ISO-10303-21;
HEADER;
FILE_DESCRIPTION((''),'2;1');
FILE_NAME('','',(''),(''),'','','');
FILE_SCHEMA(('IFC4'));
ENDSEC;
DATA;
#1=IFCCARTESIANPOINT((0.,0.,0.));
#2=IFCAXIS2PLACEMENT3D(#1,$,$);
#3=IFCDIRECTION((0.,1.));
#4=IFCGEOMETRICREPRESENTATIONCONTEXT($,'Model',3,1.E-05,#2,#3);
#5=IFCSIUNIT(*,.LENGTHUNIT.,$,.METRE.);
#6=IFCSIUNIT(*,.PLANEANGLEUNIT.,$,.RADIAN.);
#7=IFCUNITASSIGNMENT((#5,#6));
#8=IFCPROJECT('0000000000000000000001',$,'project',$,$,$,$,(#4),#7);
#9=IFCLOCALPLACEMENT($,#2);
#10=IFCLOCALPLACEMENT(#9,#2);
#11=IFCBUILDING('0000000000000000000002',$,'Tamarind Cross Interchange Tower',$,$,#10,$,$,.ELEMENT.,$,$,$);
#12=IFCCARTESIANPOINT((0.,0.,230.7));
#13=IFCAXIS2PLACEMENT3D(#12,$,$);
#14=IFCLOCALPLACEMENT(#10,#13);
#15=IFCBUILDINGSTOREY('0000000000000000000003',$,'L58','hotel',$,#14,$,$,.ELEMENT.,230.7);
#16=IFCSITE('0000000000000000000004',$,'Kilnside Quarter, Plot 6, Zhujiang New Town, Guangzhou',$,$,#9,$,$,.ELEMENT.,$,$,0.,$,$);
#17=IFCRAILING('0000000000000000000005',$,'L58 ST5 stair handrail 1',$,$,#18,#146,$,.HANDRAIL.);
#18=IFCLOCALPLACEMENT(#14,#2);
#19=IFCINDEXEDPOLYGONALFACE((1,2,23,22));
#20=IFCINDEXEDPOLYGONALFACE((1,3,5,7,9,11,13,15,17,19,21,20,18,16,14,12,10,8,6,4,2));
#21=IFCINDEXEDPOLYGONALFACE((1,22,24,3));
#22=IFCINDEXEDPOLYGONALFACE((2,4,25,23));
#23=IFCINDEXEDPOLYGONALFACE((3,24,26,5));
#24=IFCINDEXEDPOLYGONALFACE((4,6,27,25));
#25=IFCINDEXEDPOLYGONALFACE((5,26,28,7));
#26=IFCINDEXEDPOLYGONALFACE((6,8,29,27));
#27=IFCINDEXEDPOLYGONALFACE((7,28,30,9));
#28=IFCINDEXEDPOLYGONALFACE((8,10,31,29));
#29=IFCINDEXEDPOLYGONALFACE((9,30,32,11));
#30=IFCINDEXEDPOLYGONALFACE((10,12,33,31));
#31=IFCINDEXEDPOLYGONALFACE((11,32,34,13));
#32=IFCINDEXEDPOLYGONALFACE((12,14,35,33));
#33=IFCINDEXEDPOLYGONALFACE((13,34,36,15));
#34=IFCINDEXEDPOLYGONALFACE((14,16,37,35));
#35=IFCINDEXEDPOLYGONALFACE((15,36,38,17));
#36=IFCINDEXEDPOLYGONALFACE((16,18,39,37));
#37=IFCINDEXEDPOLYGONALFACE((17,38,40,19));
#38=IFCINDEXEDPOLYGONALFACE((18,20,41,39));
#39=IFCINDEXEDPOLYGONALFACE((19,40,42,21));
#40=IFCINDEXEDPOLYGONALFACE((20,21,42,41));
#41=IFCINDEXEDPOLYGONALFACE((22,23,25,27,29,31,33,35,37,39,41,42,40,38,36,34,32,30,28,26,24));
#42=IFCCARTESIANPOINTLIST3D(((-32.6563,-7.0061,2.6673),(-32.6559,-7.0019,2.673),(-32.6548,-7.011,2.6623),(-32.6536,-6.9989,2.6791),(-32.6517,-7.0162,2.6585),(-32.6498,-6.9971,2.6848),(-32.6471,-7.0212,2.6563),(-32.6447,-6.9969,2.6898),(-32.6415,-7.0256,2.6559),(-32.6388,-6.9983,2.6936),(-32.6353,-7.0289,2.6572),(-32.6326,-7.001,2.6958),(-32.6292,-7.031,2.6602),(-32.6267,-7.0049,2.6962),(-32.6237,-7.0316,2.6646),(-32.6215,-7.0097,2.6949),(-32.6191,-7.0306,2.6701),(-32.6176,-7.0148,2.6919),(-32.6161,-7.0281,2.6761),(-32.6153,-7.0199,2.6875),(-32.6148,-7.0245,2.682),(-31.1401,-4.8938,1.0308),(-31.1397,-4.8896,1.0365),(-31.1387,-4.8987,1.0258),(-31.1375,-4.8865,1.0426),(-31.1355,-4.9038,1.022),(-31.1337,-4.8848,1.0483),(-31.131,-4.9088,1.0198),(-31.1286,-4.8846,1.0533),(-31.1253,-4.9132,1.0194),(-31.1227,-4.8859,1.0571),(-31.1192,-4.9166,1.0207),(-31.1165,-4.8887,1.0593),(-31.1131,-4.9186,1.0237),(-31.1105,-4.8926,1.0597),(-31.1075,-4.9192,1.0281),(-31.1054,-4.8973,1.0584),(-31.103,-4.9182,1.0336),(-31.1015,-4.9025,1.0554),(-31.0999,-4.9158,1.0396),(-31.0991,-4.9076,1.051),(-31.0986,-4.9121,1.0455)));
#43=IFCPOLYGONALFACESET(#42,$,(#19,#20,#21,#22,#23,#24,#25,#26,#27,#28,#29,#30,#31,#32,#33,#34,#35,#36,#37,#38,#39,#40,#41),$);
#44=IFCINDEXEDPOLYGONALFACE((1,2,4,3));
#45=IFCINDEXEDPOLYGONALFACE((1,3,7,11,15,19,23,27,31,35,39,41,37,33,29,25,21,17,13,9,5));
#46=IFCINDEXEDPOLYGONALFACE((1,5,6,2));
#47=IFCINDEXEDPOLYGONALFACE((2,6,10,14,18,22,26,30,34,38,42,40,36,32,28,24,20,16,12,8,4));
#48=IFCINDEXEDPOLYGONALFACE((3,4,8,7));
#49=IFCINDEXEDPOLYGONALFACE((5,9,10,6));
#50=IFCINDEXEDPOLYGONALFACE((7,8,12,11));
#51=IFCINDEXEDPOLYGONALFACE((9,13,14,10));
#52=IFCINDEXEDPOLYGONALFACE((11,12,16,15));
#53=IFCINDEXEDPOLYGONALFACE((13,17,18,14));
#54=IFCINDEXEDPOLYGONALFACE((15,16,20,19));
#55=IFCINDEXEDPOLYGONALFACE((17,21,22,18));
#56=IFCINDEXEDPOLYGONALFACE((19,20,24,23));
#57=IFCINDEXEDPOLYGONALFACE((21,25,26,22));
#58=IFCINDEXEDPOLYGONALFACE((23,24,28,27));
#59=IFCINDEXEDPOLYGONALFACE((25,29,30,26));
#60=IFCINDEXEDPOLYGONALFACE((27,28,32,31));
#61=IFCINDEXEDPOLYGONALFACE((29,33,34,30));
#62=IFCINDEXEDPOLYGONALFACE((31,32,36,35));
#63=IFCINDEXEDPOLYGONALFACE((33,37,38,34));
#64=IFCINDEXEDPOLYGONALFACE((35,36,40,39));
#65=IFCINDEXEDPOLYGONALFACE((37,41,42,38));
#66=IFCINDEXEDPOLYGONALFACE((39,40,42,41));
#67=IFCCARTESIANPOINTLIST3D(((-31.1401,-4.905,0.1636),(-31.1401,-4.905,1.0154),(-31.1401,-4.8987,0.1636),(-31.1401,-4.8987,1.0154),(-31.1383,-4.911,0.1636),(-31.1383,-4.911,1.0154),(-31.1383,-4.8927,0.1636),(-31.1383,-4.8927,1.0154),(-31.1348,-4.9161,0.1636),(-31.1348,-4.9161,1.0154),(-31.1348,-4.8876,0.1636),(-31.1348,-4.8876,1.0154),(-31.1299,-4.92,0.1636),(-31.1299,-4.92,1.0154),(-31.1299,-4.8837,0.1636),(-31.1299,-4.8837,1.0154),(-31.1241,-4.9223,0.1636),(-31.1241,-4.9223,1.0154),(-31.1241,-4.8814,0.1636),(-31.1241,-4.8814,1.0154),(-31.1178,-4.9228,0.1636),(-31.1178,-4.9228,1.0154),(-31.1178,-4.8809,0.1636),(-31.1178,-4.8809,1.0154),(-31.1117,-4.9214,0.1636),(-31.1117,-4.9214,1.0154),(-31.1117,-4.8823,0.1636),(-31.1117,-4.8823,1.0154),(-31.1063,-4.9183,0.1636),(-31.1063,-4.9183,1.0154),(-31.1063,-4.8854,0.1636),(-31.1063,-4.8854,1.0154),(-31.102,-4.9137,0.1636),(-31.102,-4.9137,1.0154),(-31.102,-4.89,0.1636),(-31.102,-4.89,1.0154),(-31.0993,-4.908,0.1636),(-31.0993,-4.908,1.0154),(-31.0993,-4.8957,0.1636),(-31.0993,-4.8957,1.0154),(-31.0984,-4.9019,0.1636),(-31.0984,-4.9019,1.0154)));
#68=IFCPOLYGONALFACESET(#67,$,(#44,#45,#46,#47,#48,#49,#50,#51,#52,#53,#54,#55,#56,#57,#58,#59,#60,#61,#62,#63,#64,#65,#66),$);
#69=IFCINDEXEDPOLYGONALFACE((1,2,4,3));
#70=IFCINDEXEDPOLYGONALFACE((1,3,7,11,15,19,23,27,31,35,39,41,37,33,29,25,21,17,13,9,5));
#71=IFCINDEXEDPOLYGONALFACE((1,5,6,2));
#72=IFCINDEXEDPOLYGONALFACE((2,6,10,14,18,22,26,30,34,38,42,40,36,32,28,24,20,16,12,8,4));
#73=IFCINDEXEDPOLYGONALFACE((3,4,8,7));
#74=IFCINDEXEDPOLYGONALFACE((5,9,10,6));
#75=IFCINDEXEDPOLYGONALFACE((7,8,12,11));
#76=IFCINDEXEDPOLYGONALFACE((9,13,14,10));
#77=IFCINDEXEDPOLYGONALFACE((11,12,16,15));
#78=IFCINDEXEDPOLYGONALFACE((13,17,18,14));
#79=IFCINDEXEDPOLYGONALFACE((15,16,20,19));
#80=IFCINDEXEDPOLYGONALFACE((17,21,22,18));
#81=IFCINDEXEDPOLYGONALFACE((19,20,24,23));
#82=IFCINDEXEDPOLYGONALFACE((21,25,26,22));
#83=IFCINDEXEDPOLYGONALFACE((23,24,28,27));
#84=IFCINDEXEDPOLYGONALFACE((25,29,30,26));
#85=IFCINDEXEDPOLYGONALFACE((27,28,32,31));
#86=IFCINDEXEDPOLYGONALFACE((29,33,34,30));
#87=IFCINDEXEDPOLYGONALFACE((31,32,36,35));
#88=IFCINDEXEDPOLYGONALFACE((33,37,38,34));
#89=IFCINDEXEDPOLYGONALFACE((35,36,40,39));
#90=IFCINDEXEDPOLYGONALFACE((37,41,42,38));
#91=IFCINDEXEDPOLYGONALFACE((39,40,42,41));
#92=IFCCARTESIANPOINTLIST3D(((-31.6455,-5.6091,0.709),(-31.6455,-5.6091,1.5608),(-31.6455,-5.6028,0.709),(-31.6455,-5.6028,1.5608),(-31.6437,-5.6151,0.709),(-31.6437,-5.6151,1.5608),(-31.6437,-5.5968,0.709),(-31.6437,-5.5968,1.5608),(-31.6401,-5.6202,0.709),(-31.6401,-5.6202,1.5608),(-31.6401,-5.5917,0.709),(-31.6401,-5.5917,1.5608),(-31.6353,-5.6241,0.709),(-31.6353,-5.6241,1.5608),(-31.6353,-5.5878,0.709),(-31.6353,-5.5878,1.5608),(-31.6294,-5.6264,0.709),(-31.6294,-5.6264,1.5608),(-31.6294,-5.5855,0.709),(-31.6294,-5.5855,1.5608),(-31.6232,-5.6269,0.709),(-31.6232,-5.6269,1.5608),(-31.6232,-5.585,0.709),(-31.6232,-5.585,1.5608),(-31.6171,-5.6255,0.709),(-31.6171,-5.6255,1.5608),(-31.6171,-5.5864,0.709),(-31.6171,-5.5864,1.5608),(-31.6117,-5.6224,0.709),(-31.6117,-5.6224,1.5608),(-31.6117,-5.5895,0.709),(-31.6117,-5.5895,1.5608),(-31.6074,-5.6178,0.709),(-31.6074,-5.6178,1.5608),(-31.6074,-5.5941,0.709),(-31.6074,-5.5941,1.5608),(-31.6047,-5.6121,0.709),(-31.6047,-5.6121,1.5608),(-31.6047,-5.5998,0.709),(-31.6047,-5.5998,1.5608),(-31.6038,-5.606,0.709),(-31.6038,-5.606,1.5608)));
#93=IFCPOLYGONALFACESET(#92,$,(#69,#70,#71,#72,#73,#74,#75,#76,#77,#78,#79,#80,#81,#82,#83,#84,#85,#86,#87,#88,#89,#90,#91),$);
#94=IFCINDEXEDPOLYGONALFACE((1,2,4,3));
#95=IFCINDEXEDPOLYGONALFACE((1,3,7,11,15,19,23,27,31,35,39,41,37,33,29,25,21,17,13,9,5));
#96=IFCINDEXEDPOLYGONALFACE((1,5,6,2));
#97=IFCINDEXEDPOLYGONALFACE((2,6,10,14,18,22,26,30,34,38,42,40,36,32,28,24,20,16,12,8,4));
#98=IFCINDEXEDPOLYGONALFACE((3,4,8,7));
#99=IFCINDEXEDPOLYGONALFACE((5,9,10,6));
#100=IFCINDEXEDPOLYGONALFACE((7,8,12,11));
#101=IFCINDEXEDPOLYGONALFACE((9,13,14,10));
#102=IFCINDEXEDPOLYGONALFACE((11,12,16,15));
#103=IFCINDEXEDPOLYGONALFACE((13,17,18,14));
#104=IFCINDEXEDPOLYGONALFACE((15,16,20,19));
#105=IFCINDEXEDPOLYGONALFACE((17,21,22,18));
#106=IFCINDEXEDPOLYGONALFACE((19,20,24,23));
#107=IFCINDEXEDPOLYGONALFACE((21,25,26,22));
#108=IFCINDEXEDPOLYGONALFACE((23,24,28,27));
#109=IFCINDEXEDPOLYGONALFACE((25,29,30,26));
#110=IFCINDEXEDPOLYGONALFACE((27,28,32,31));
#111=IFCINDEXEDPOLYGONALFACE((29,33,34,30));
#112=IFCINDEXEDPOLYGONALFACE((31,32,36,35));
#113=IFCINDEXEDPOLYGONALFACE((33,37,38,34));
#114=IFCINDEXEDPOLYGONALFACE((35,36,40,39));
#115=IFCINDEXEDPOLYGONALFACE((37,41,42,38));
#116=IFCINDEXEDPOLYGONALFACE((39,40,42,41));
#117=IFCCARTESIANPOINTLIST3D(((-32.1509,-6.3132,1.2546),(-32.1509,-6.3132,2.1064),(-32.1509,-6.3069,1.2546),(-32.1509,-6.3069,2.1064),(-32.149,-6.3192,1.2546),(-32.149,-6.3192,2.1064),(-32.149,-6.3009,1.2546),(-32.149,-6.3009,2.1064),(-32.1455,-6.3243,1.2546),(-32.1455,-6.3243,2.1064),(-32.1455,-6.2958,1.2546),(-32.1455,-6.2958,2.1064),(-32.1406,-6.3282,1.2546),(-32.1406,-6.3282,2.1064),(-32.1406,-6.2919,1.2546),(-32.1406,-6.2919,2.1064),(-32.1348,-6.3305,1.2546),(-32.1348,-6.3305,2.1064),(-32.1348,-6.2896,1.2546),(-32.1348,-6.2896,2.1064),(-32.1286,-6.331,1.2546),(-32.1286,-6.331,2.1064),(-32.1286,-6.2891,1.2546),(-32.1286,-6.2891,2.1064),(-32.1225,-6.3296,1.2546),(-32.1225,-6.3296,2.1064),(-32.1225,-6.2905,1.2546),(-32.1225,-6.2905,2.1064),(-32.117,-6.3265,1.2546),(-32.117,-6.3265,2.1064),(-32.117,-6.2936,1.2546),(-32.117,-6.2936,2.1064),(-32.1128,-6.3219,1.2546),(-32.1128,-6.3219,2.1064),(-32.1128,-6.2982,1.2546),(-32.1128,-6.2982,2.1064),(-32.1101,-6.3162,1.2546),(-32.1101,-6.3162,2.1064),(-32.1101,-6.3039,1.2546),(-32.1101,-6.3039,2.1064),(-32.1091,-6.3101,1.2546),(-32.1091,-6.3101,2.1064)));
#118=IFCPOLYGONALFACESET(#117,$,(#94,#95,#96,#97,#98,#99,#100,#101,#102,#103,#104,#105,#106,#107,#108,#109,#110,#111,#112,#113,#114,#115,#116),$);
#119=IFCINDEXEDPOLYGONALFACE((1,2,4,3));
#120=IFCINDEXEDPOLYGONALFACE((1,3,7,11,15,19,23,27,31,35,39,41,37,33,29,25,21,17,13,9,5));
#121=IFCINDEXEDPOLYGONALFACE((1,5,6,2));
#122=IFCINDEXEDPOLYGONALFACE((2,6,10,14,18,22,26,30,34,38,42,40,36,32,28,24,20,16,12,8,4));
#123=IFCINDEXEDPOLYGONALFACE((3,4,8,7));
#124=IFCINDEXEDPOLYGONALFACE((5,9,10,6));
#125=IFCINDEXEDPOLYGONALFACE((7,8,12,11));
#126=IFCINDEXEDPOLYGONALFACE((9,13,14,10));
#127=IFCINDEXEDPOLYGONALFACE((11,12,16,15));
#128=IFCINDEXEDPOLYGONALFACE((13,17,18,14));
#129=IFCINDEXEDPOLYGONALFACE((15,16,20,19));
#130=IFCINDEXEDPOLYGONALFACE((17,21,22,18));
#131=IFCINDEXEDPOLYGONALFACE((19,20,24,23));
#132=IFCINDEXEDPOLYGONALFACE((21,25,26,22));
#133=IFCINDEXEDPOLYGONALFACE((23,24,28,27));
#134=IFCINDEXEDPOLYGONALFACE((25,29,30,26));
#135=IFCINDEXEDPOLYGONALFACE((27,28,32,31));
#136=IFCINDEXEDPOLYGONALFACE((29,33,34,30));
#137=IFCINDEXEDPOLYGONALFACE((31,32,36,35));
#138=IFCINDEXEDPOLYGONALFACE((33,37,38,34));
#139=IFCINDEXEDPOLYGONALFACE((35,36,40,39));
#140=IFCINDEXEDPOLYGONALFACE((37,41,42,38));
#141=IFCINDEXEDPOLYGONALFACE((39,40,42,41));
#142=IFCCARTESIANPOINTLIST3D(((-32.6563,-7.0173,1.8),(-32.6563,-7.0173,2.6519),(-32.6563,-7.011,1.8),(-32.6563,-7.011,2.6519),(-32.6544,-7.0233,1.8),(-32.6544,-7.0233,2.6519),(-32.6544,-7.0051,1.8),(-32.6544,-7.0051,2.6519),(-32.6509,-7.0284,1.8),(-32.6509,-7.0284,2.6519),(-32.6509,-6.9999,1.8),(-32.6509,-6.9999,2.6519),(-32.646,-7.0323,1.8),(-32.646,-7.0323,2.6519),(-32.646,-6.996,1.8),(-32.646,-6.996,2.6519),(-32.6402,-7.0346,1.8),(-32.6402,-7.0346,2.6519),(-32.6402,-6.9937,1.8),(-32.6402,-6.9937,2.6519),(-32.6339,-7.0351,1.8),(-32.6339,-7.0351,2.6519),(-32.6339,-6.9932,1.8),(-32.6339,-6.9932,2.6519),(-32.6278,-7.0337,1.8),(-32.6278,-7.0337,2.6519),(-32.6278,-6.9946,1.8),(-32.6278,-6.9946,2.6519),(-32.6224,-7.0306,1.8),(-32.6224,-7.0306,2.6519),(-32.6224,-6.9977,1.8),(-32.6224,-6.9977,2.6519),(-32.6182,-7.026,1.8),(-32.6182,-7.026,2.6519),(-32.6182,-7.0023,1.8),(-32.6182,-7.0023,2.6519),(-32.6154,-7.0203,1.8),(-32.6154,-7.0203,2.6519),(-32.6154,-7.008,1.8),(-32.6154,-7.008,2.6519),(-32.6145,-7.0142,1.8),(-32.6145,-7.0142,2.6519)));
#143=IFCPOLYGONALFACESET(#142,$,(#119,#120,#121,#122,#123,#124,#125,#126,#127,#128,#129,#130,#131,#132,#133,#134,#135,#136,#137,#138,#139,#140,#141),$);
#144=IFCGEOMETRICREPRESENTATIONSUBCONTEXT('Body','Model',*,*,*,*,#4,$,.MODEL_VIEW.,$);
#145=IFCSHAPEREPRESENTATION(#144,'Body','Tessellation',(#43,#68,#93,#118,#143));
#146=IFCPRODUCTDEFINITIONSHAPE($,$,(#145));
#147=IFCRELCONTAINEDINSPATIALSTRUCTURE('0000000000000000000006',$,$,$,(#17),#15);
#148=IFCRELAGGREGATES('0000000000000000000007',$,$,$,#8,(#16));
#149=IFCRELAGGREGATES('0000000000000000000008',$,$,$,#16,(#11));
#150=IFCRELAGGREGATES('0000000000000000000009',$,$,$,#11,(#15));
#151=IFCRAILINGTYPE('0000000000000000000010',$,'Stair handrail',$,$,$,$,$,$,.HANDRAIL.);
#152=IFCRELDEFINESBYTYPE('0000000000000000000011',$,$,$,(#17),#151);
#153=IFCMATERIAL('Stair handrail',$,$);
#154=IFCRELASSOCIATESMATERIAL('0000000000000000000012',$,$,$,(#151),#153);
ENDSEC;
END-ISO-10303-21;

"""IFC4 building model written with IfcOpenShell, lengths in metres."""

from ifc_helpers import new_model, si_unit, direction, frame, origin, origin_2d, place, context, subcontext, project, spatial, circle, extrude, material, type_object, element, save


model = new_model("IFC4")

# Units and contexts
model_context = context("Model", 3, precision=1e-05, world=origin(), true_north=direction((0.0, 1.0)))
body_context = subcontext(model_context, "Body", "Model", "MODEL_VIEW")
ifc_project = project(units=[si_unit("LENGTHUNIT", "METRE"), si_unit("PLANEANGLEUNIT", "RADIAN")], contexts=[model_context])

# Site, building, storey
site_placement = place(None, origin())
site = spatial("IfcSite", under=ifc_project, at=site_placement, Name="Kilnside Quarter, Plot 6, Zhujiang New Town, Guangzhou", CompositionType="ELEMENT", RefElevation=0.0)
building_placement = place(site_placement, origin())
building = spatial("IfcBuilding", under=site, at=building_placement, Name="Tamarind Cross Interchange Tower", CompositionType="ELEMENT")
storey_placement = place(building_placement, frame((0.0, 0.0, 230.7)))
storey = spatial("IfcBuildingStorey", under=building, at=storey_placement, Name="L58", Description="hotel", CompositionType="ELEMENT", Elevation=230.7)

# Railing
ifc_material_1 = material(Name="Stair handrail")
railing_type_1 = type_object("IfcRailingType", Name="Stair handrail", PredefinedType="HANDRAIL", material=ifc_material_1)
railing_1_placement = place(storey_placement, frame((-31.1194, -4.9019, 0.1636)))
element("IfcRailing", 1, at=railing_1_placement, inside=storey, type_object=railing_type_1, Name="L58 ST5 stair handrail 1", PredefinedType="HANDRAIL", context=body_context, shape_type="SweptSolid", body=[
    extrude(circle(Radius=0.0239, at=origin_2d()), frame((0.0, 0.0, 0.876), z_axis=(-0.493493, -0.687552, 0.53267), x_axis=(0.812399, -0.583102, 0.0)), (0.0, 0.0, 1.0), 3.0723),
    extrude(circle(Radius=0.021, at=origin_2d()), origin(), (0.0, 0.0, 1.0), 0.8518),
    extrude(circle(Radius=0.021, at=origin_2d()), frame((-0.5054, -0.7041, 0.5454)), (0.0, 0.0, 1.0), 0.8518),
    extrude(circle(Radius=0.021, at=origin_2d()), frame((-1.0107, -1.4082, 1.0911)), (0.0, 0.0, 1.0), 0.8518),
    extrude(circle(Radius=0.021, at=origin_2d()), frame((-1.5161, -2.1123, 1.6365)), (0.0, 0.0, 1.0), 0.8518),
])

save(model, "model.ifc")
